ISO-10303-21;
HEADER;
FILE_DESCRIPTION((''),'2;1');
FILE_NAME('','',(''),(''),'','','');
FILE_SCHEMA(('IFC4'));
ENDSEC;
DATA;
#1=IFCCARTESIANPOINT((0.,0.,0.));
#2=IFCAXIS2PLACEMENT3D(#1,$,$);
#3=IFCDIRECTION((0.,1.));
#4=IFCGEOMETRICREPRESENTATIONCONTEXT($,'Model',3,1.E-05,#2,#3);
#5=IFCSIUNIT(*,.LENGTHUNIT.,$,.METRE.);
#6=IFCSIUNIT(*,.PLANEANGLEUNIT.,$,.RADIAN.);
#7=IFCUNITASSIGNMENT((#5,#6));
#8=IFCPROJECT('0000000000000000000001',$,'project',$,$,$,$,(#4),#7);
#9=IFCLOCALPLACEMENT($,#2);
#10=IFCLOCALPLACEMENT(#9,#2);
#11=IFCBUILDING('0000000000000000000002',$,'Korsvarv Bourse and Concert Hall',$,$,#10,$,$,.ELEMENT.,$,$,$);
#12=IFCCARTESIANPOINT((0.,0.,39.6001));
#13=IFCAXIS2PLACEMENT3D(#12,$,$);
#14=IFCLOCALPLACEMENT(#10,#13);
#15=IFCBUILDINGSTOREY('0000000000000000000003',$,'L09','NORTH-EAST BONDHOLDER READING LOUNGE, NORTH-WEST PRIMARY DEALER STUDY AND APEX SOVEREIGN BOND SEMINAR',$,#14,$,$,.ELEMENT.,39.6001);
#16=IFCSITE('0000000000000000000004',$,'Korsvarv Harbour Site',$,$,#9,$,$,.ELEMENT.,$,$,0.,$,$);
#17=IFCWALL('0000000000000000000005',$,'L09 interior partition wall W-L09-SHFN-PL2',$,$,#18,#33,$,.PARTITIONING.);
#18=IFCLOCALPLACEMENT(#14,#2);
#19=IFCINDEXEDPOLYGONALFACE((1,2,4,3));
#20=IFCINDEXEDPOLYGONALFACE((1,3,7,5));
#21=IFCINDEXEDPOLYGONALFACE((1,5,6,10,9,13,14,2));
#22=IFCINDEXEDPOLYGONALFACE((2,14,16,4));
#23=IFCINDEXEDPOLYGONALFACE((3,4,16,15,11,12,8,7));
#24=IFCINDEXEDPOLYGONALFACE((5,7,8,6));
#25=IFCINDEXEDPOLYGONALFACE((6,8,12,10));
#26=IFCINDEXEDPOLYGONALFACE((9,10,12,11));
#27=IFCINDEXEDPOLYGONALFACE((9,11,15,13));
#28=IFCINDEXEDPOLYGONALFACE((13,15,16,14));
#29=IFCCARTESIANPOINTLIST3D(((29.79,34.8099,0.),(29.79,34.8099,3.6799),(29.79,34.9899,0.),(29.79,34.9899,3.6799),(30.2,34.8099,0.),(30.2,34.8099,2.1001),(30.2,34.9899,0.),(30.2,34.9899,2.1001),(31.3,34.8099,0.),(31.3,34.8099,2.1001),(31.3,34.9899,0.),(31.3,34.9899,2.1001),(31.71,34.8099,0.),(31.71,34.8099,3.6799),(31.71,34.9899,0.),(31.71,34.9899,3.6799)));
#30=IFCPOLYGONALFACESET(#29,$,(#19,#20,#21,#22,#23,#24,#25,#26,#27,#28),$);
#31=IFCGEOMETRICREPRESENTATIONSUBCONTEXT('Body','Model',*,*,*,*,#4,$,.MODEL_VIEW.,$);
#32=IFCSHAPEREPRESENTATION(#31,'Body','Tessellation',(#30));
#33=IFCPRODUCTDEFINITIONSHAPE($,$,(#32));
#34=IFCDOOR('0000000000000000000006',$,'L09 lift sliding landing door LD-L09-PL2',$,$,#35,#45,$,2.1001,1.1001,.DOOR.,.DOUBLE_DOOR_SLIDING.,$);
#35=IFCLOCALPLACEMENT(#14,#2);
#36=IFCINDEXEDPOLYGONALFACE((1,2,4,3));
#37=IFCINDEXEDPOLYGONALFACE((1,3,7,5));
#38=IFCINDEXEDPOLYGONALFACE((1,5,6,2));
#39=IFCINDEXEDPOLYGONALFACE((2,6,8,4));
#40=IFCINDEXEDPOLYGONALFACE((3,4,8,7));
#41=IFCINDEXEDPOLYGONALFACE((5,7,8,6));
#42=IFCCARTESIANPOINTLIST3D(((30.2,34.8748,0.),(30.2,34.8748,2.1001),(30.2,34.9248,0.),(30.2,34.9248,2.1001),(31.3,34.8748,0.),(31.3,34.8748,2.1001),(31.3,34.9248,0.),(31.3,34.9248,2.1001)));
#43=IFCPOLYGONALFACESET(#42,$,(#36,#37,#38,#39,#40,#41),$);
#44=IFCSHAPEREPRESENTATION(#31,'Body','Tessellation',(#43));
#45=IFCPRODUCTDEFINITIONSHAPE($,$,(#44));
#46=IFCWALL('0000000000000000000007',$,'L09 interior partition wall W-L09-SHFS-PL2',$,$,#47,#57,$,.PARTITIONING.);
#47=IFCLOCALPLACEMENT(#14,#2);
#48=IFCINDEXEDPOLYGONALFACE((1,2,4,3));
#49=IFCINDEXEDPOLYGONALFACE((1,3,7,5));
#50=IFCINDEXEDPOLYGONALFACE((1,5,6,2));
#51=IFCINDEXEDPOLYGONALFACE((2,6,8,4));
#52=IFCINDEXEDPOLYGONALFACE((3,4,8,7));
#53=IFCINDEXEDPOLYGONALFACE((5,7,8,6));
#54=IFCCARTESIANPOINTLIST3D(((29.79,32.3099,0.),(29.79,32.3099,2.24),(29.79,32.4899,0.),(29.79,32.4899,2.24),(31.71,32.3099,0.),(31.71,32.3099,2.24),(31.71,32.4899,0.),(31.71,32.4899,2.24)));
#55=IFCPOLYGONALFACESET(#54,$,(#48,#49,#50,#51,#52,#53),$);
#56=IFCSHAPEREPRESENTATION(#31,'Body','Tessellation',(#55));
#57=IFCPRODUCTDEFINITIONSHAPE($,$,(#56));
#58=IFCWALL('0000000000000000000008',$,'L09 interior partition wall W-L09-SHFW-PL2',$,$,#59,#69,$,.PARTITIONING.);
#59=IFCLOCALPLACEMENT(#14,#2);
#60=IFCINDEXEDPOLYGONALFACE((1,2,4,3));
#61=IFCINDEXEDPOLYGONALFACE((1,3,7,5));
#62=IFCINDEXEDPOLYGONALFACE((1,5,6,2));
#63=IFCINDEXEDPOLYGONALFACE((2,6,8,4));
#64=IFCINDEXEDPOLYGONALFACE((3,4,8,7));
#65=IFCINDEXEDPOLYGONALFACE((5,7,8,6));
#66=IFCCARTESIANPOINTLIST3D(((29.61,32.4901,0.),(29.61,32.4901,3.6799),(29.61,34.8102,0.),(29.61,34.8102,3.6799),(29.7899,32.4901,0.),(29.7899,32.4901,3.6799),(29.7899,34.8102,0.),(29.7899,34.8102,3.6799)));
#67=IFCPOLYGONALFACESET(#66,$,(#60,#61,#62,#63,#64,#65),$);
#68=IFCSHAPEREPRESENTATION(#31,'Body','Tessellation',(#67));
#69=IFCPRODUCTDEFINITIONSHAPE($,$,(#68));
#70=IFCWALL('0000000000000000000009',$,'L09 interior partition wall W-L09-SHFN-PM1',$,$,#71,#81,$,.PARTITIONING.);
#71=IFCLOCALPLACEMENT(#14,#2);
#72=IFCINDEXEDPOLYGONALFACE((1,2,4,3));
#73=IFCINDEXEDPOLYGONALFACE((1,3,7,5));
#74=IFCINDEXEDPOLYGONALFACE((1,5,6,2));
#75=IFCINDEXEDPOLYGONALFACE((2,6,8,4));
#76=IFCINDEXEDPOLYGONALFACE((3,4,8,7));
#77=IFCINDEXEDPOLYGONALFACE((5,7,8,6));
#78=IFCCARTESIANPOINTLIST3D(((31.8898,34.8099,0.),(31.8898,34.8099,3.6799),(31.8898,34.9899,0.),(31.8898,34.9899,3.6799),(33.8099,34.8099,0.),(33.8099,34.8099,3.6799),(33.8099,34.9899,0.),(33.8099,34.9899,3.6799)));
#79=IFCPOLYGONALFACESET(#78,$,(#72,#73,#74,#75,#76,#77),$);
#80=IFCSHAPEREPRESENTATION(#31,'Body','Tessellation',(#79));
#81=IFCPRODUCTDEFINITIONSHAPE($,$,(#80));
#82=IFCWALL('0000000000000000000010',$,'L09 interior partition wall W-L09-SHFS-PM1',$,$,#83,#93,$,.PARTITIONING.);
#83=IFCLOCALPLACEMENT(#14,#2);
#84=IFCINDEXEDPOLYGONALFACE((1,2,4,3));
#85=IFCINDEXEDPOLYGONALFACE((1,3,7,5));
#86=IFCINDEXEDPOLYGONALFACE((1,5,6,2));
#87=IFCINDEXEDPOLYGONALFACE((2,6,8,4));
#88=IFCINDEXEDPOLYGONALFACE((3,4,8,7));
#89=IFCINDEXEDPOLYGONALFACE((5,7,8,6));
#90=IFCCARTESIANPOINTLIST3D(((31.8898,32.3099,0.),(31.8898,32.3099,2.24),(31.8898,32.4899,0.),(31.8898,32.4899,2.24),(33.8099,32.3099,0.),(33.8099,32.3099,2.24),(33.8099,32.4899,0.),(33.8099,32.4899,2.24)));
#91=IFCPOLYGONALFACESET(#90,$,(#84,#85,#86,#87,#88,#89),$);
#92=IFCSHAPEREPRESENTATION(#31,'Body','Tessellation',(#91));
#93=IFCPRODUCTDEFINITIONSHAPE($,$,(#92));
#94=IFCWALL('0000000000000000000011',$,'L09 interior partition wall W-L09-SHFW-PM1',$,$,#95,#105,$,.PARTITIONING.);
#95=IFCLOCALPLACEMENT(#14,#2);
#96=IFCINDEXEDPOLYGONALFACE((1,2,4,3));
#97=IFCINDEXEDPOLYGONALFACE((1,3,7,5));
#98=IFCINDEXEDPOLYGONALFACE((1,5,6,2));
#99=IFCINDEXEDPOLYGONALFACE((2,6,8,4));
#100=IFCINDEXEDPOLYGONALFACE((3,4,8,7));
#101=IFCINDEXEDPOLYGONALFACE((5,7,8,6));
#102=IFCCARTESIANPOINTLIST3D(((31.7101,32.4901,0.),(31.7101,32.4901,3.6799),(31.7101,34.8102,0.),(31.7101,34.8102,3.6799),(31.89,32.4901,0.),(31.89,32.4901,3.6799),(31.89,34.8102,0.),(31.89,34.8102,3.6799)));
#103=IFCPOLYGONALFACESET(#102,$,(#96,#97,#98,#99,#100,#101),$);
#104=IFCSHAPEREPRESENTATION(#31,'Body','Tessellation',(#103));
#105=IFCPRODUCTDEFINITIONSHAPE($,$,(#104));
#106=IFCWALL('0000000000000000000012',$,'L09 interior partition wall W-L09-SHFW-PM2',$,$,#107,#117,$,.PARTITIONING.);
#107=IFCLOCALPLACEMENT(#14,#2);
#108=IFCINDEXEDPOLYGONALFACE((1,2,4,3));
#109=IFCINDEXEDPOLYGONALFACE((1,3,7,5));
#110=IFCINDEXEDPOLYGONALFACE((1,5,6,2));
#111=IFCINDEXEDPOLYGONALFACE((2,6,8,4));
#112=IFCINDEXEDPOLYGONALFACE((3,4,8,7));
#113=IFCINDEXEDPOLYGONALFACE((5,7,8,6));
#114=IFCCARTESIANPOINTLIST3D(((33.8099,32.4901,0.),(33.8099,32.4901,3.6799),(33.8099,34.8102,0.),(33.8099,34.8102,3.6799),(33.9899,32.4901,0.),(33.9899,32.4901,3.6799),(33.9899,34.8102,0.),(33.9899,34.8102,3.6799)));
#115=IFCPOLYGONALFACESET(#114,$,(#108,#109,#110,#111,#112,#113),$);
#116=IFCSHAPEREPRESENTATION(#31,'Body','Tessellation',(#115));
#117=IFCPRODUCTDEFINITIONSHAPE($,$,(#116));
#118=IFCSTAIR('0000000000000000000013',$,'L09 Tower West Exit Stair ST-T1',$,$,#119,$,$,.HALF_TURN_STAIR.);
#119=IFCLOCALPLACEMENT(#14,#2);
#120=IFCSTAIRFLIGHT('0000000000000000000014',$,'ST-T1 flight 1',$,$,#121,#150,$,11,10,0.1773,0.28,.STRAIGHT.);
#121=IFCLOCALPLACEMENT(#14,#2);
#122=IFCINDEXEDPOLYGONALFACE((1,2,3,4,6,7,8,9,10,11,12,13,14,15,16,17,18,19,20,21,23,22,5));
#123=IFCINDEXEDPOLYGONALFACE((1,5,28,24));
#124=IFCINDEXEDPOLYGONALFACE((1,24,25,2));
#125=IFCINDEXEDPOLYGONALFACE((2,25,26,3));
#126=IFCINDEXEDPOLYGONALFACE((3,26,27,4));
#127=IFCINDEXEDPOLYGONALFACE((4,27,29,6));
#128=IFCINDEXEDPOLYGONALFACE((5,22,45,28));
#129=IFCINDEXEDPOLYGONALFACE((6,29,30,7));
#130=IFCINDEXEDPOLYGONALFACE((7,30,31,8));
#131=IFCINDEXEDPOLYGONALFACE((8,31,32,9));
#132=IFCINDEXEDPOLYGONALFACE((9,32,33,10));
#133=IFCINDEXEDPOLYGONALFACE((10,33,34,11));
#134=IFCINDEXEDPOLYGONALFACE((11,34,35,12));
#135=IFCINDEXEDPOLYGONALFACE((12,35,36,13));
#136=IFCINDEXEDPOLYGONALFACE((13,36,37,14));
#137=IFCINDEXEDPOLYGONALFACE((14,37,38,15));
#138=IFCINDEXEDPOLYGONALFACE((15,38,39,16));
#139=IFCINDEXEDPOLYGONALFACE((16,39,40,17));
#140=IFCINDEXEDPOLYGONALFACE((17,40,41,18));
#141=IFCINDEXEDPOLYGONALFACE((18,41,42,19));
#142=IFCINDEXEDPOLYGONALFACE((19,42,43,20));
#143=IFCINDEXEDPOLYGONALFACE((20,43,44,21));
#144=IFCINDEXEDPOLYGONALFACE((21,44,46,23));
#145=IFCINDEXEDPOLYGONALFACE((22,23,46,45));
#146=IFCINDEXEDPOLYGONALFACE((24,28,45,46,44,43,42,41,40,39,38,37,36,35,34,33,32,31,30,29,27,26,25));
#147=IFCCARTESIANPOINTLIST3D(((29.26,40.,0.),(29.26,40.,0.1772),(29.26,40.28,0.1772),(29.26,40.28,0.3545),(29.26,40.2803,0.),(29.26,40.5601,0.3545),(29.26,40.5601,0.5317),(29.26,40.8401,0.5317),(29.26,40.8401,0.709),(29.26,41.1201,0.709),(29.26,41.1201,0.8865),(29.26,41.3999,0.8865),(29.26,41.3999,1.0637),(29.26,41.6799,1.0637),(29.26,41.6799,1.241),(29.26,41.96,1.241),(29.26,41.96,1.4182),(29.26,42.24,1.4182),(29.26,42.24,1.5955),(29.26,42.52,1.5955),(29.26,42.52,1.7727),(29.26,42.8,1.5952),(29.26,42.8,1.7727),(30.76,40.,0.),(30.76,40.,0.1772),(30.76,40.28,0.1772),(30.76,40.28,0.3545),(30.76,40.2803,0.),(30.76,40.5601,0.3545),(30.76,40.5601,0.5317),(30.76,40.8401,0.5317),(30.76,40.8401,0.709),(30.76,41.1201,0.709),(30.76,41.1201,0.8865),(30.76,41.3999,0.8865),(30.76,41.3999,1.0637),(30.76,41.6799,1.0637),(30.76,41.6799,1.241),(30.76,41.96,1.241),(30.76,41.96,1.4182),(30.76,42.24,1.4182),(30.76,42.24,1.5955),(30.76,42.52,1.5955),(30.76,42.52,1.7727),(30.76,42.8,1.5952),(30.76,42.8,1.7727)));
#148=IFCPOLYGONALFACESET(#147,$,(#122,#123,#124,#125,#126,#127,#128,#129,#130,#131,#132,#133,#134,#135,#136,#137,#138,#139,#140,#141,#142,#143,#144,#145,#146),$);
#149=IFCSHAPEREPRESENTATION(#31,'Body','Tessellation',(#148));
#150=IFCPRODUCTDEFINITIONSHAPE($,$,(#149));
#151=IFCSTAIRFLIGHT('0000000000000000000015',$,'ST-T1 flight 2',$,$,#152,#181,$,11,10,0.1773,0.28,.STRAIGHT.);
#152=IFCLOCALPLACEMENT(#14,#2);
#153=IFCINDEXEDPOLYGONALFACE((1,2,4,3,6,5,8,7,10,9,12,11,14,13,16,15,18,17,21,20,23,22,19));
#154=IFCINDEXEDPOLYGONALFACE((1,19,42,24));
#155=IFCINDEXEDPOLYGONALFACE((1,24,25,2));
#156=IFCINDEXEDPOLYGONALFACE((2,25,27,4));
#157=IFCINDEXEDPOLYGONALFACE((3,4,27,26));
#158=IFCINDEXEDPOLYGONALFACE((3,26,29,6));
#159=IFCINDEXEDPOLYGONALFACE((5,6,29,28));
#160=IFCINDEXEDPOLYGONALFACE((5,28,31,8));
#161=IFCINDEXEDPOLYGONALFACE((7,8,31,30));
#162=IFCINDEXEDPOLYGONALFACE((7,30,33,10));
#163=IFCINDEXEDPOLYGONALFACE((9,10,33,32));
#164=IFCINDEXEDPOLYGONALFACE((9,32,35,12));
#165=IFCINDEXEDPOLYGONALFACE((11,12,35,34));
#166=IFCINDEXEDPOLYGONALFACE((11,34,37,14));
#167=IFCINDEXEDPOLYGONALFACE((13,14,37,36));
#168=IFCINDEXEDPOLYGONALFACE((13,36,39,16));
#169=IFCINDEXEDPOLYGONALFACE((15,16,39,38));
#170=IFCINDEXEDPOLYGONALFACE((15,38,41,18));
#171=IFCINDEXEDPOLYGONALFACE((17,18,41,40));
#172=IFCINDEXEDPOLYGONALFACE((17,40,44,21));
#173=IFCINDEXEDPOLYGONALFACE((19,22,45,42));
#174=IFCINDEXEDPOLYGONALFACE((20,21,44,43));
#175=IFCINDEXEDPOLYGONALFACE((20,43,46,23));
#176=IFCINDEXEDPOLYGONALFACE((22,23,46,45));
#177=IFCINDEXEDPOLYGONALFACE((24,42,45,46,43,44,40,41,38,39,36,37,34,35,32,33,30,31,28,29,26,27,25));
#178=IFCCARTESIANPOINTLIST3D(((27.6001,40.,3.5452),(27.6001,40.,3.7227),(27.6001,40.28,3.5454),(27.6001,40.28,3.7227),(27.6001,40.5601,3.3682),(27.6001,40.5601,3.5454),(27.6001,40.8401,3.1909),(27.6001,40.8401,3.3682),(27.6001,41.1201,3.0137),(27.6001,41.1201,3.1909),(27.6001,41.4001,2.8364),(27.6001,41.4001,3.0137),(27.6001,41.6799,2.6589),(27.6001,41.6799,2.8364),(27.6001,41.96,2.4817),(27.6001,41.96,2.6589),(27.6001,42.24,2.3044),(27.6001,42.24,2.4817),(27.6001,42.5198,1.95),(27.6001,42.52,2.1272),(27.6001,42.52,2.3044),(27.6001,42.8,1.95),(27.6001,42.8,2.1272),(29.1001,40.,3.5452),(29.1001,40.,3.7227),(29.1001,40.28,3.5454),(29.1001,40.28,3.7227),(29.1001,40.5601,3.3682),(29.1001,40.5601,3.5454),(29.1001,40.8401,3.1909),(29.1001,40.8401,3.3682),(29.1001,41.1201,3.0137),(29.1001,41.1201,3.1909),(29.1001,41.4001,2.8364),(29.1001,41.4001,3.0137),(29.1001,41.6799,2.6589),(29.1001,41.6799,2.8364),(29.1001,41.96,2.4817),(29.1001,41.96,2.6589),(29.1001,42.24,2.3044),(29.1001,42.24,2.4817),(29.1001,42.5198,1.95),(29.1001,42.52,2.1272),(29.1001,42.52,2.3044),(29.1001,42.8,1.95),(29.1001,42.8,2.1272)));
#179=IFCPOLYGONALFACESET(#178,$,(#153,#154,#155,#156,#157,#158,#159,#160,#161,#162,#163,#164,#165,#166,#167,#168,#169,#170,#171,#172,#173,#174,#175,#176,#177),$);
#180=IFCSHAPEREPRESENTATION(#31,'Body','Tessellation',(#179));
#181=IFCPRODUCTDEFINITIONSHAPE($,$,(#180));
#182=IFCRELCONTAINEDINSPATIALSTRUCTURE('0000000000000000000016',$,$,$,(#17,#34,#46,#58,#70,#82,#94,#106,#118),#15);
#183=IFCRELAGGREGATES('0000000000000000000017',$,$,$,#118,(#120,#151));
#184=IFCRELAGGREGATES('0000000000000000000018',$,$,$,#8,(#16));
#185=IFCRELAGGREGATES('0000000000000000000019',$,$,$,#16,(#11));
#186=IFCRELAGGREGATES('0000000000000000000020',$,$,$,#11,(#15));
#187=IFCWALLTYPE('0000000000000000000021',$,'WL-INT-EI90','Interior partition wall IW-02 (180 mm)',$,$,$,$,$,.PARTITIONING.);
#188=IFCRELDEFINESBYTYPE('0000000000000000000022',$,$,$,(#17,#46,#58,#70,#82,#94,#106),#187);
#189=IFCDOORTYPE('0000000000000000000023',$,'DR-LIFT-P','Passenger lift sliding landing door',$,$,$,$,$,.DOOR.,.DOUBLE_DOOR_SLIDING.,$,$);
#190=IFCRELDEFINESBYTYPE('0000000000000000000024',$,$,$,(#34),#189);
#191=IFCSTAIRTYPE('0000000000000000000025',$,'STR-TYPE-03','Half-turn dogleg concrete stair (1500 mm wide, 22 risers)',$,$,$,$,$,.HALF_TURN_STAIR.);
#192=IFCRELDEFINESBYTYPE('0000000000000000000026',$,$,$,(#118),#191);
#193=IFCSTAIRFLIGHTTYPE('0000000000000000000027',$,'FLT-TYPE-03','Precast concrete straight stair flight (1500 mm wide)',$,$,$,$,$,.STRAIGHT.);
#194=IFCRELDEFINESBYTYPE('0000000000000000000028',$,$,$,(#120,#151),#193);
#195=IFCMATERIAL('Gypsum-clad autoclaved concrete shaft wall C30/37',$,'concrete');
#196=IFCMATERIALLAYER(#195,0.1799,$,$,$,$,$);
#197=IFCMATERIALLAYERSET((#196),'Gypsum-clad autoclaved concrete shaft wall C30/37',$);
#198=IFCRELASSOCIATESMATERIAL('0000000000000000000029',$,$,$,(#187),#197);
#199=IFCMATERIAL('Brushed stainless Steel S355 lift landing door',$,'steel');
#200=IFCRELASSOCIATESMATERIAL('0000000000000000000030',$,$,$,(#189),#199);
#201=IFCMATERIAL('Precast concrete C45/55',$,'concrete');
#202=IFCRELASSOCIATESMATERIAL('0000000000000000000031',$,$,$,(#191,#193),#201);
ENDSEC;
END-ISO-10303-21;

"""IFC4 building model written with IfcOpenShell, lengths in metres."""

from ifc_helpers import new_model, si_unit, direction, frame, frame_2d, origin, place, context, subcontext, project, spatial, polyline, rectangle, outline, extrude, material, layer, layer_set, type_object, element, fill, aggregate, save


model = new_model("IFC4")

# Units and contexts
model_context = context("Model", 3, precision=1e-05, world=origin(), true_north=direction((0.0, 1.0)))
body_context = subcontext(model_context, "Body", "Model", "MODEL_VIEW")
ifc_project = project(units=[si_unit("LENGTHUNIT", "METRE"), si_unit("PLANEANGLEUNIT", "RADIAN")], contexts=[model_context])

# Site, building, storey
site_placement = place(None, origin())
site = spatial("IfcSite", under=ifc_project, at=site_placement, Name="Korsvarv Harbour Site", CompositionType="ELEMENT", RefElevation=0.0)
building_placement = place(site_placement, origin())
building = spatial("IfcBuilding", under=site, at=building_placement, Name="Korsvarv Bourse and Concert Hall", CompositionType="ELEMENT")
storey_placement = place(building_placement, frame((0.0, 0.0, 39.6001)))
storey = spatial("IfcBuildingStorey", under=building, at=storey_placement, Name="L09", Description="NORTH-EAST BONDHOLDER READING LOUNGE, NORTH-WEST PRIMARY DEALER STUDY AND APEX SOVEREIGN BOND SEMINAR", CompositionType="ELEMENT", Elevation=39.6001)

# Wall, opening, door
ifc_material_1 = material(Name="Gypsum-clad autoclaved concrete shaft wall C30/37", Category="concrete")
ifc_layer_1 = layer(ifc_material_1, 0.1799)
ifc_layer_set_1 = layer_set([ifc_layer_1], Name="Gypsum-clad autoclaved concrete shaft wall C30/37")
wall_type_1 = type_object("IfcWallType", Name="WL-INT-EI90", Description="Interior partition wall IW-02 (180 mm)", PredefinedType="PARTITIONING", material=ifc_layer_set_1)
wall_1_placement = place(storey_placement, frame((29.79, 34.8999, 0.0), z_axis=(0.0, 0.0, 1.0), x_axis=(1.0, 0.0, 0.0)))
wall_1 = element("IfcWall", 1, at=wall_1_placement, inside=storey, type_object=wall_type_1, Name="L09 interior partition wall W-L09-SHFN-PL2", PredefinedType="PARTITIONING", context=body_context, shape_type="SweptSolid", body=[
    extrude(rectangle(XDim=1.9199, YDim=0.1799, at=frame_2d((0.96, 0.0))), origin(), (0.0, 0.0, 1.0), 3.6799),
])
opening_1_placement = place(wall_1_placement, frame((0.4099, 0.0, 0.0)))
opening_1 = element("IfcOpeningElement", 2, at=opening_1_placement, cuts=wall_1, PredefinedType="OPENING", context=body_context, shape_type="SweptSolid", body=[
    extrude(rectangle(XDim=1.1001, YDim=2.1001, at=frame_2d((0.55, 1.05))), frame((0.0, 0.1001, 0.0), z_axis=(0.0, -1.0, 0.0), x_axis=(1.0, 0.0, 0.0)), (0.0, 0.0, 1.0), 0.2),
])
ifc_material_2 = material(Name="Brushed stainless Steel S355 lift landing door", Category="steel")
door_type_1 = type_object("IfcDoorType", Name="DR-LIFT-P", Description="Passenger lift sliding landing door", OperationType="DOUBLE_DOOR_SLIDING", PredefinedType="DOOR", material=ifc_material_2)
door_1_placement = place(opening_1_placement, origin())
door_1 = element("IfcDoor", 3, at=door_1_placement, inside=storey, type_object=door_type_1, Name="L09 lift sliding landing door LD-L09-PL2", OperationType="DOUBLE_DOOR_SLIDING", OverallHeight=2.1001, OverallWidth=1.1001, PredefinedType="DOOR", context=body_context, shape_type="SweptSolid", body=[
    extrude(rectangle(XDim=1.1001, YDim=2.1001, at=frame_2d((0.55, 1.05))), frame((0.0, 0.0249, 0.0), z_axis=(0.0, -1.0, 0.0), x_axis=(1.0, 0.0, 0.0)), (0.0, 0.0, 1.0), 0.05),
])
fill(opening_1, door_1)

# Walls
wall_2_placement = place(storey_placement, frame((29.79, 32.3999, 0.0), z_axis=(0.0, 0.0, 1.0), x_axis=(1.0, 0.0, 0.0)))
element("IfcWall", 4, at=wall_2_placement, inside=storey, type_object=wall_type_1, Name="L09 interior partition wall W-L09-SHFS-PL2", PredefinedType="PARTITIONING", context=body_context, shape_type="SweptSolid", body=[
    extrude(rectangle(XDim=1.9199, YDim=0.1799, at=frame_2d((0.96, 0.0))), origin(), (0.0, 0.0, 1.0), 2.24),
])
wall_3_placement = place(storey_placement, frame((29.7, 32.49, 0.0), z_axis=(0.0, 0.0, 1.0), x_axis=(0.0, 1.0, 0.0)))
element("IfcWall", 5, at=wall_3_placement, inside=storey, type_object=wall_type_1, Name="L09 interior partition wall W-L09-SHFW-PL2", PredefinedType="PARTITIONING", context=body_context, shape_type="SweptSolid", body=[
    extrude(rectangle(XDim=2.3201, YDim=0.1799, at=frame_2d((1.1602, 0.0))), origin(), (0.0, 0.0, 1.0), 3.6799),
])
wall_4_placement = place(storey_placement, frame((31.8899, 34.8999, 0.0), z_axis=(0.0, 0.0, 1.0), x_axis=(1.0, 0.0, 0.0)))
element("IfcWall", 6, at=wall_4_placement, inside=storey, type_object=wall_type_1, Name="L09 interior partition wall W-L09-SHFN-PM1", PredefinedType="PARTITIONING", context=body_context, shape_type="SweptSolid", body=[
    extrude(rectangle(XDim=1.9202, YDim=0.1799, at=frame_2d((0.96, 0.0))), origin(), (0.0, 0.0, 1.0), 3.6799),
])
wall_5_placement = place(storey_placement, frame((31.8899, 32.3999, 0.0), z_axis=(0.0, 0.0, 1.0), x_axis=(1.0, 0.0, 0.0)))
element("IfcWall", 7, at=wall_5_placement, inside=storey, type_object=wall_type_1, Name="L09 interior partition wall W-L09-SHFS-PM1", PredefinedType="PARTITIONING", context=body_context, shape_type="SweptSolid", body=[
    extrude(rectangle(XDim=1.9202, YDim=0.1799, at=frame_2d((0.96, 0.0))), origin(), (0.0, 0.0, 1.0), 2.24),
])
for number, where, z_axis, x_axis, name in (
    (8, (31.8, 32.49, 0.0), (0.0, 0.0, 1.0), (0.0, 1.0, 0.0), "L09 interior partition wall W-L09-SHFW-PM1"),
    (9, (33.8999, 32.49, 0.0), (0.0, 0.0, 1.0), (0.0, 1.0, 0.0), "L09 interior partition wall W-L09-SHFW-PM2"),
):
    element("IfcWall", number, at=place(storey_placement, frame(where, z_axis=z_axis, x_axis=x_axis)), inside=storey, type_object=wall_type_1, Name=name, PredefinedType="PARTITIONING", context=body_context, shape_type="SweptSolid", body=[
        extrude(rectangle(XDim=2.3201, YDim=0.1799, at=frame_2d((1.1602, 0.0))), origin(), (0.0, 0.0, 1.0), 3.6799),
    ])

# Stair, stair flights
ifc_material_3 = material(Name="Precast concrete C45/55", Category="concrete")
stair_type = type_object("IfcStairType", Name="STR-TYPE-03", Description="Half-turn dogleg concrete stair (1500 mm wide, 22 risers)", PredefinedType="HALF_TURN_STAIR", material=ifc_material_3)
stair_placement = place(storey_placement, origin())
stair = element("IfcStair", 10, at=stair_placement, inside=storey, type_object=stair_type, Name="L09 Tower West Exit Stair ST-T1", PredefinedType="HALF_TURN_STAIR")
stair_flight_type = type_object("IfcStairFlightType", Name="FLT-TYPE-03", Description="Precast concrete straight stair flight (1500 mm wide)", PredefinedType="STRAIGHT", material=ifc_material_3)
stair_flight_1_placement = place(storey_placement, frame((30.01, 40.0, 0.0), z_axis=(0.0, 0.0, 1.0), x_axis=(0.0, 1.0, 0.0)))
stair_flight_1 = element("IfcStairFlight", 11, at=stair_flight_1_placement, type_object=stair_flight_type, Name="ST-T1 flight 1", NumberOfRisers=11, NumberOfTreads=10, PredefinedType="STRAIGHT", RiserHeight=0.1773, TreadLength=0.28, context=body_context, shape_type="SweptSolid", body=[
    extrude(outline(polyline([(0.0, 0.0), (0.0, 0.1772), (0.28, 0.1772), (0.28, 0.3545), (0.5601, 0.3545), (0.5601, 0.5317), (0.8401, 0.5317), (0.8401, 0.709), (1.1201, 0.709), (1.1201, 0.8865), (1.3999, 0.8865), (1.3999, 1.0637), (1.6799, 1.0637), (1.6799, 1.241), (1.96, 1.241), (1.96, 1.4182), (2.24, 1.4182), (2.24, 1.5955), (2.52, 1.5955), (2.52, 1.7727), (2.8, 1.7727), (2.8, 1.95), (2.8, 1.5952), (0.2803, 0.0), (0.0, 0.0)])), frame((0.0, 0.75, 0.0), z_axis=(0.0, -1.0, 0.0), x_axis=(1.0, 0.0, 0.0)), (0.0, 0.0, 1.0), 1.5),
])
stair_flight_2_placement = place(storey_placement, frame((28.3501, 42.8, 1.95), z_axis=(0.0, 0.0, 1.0), x_axis=(0.0, -1.0, 0.0)))
stair_flight_2 = element("IfcStairFlight", 12, at=stair_flight_2_placement, type_object=stair_flight_type, Name="ST-T1 flight 2", NumberOfRisers=11, NumberOfTreads=10, PredefinedType="STRAIGHT", RiserHeight=0.1773, TreadLength=0.28, context=body_context, shape_type="SweptSolid", body=[
    extrude(outline(polyline([(0.0, 0.0), (0.0, 0.1772), (0.28, 0.1772), (0.28, 0.3545), (0.5601, 0.3545), (0.5601, 0.5317), (0.8401, 0.5317), (0.8401, 0.709), (1.1201, 0.709), (1.1201, 0.8865), (1.3999, 0.8865), (1.3999, 1.0637), (1.6799, 1.0637), (1.6799, 1.241), (1.96, 1.241), (1.96, 1.4182), (2.24, 1.4182), (2.24, 1.5955), (2.52, 1.5955), (2.52, 1.7727), (2.8, 1.7727), (2.8, 1.95), (2.8, 1.5952), (0.2803, 0.0), (0.0, 0.0)])), frame((0.0, 0.75, 0.0), z_axis=(0.0, -1.0, 0.0), x_axis=(1.0, 0.0, 0.0)), (0.0, 0.0, 1.0), 1.5),
])
aggregate(stair, [stair_flight_1, stair_flight_2])

save(model, "model.ifc")
